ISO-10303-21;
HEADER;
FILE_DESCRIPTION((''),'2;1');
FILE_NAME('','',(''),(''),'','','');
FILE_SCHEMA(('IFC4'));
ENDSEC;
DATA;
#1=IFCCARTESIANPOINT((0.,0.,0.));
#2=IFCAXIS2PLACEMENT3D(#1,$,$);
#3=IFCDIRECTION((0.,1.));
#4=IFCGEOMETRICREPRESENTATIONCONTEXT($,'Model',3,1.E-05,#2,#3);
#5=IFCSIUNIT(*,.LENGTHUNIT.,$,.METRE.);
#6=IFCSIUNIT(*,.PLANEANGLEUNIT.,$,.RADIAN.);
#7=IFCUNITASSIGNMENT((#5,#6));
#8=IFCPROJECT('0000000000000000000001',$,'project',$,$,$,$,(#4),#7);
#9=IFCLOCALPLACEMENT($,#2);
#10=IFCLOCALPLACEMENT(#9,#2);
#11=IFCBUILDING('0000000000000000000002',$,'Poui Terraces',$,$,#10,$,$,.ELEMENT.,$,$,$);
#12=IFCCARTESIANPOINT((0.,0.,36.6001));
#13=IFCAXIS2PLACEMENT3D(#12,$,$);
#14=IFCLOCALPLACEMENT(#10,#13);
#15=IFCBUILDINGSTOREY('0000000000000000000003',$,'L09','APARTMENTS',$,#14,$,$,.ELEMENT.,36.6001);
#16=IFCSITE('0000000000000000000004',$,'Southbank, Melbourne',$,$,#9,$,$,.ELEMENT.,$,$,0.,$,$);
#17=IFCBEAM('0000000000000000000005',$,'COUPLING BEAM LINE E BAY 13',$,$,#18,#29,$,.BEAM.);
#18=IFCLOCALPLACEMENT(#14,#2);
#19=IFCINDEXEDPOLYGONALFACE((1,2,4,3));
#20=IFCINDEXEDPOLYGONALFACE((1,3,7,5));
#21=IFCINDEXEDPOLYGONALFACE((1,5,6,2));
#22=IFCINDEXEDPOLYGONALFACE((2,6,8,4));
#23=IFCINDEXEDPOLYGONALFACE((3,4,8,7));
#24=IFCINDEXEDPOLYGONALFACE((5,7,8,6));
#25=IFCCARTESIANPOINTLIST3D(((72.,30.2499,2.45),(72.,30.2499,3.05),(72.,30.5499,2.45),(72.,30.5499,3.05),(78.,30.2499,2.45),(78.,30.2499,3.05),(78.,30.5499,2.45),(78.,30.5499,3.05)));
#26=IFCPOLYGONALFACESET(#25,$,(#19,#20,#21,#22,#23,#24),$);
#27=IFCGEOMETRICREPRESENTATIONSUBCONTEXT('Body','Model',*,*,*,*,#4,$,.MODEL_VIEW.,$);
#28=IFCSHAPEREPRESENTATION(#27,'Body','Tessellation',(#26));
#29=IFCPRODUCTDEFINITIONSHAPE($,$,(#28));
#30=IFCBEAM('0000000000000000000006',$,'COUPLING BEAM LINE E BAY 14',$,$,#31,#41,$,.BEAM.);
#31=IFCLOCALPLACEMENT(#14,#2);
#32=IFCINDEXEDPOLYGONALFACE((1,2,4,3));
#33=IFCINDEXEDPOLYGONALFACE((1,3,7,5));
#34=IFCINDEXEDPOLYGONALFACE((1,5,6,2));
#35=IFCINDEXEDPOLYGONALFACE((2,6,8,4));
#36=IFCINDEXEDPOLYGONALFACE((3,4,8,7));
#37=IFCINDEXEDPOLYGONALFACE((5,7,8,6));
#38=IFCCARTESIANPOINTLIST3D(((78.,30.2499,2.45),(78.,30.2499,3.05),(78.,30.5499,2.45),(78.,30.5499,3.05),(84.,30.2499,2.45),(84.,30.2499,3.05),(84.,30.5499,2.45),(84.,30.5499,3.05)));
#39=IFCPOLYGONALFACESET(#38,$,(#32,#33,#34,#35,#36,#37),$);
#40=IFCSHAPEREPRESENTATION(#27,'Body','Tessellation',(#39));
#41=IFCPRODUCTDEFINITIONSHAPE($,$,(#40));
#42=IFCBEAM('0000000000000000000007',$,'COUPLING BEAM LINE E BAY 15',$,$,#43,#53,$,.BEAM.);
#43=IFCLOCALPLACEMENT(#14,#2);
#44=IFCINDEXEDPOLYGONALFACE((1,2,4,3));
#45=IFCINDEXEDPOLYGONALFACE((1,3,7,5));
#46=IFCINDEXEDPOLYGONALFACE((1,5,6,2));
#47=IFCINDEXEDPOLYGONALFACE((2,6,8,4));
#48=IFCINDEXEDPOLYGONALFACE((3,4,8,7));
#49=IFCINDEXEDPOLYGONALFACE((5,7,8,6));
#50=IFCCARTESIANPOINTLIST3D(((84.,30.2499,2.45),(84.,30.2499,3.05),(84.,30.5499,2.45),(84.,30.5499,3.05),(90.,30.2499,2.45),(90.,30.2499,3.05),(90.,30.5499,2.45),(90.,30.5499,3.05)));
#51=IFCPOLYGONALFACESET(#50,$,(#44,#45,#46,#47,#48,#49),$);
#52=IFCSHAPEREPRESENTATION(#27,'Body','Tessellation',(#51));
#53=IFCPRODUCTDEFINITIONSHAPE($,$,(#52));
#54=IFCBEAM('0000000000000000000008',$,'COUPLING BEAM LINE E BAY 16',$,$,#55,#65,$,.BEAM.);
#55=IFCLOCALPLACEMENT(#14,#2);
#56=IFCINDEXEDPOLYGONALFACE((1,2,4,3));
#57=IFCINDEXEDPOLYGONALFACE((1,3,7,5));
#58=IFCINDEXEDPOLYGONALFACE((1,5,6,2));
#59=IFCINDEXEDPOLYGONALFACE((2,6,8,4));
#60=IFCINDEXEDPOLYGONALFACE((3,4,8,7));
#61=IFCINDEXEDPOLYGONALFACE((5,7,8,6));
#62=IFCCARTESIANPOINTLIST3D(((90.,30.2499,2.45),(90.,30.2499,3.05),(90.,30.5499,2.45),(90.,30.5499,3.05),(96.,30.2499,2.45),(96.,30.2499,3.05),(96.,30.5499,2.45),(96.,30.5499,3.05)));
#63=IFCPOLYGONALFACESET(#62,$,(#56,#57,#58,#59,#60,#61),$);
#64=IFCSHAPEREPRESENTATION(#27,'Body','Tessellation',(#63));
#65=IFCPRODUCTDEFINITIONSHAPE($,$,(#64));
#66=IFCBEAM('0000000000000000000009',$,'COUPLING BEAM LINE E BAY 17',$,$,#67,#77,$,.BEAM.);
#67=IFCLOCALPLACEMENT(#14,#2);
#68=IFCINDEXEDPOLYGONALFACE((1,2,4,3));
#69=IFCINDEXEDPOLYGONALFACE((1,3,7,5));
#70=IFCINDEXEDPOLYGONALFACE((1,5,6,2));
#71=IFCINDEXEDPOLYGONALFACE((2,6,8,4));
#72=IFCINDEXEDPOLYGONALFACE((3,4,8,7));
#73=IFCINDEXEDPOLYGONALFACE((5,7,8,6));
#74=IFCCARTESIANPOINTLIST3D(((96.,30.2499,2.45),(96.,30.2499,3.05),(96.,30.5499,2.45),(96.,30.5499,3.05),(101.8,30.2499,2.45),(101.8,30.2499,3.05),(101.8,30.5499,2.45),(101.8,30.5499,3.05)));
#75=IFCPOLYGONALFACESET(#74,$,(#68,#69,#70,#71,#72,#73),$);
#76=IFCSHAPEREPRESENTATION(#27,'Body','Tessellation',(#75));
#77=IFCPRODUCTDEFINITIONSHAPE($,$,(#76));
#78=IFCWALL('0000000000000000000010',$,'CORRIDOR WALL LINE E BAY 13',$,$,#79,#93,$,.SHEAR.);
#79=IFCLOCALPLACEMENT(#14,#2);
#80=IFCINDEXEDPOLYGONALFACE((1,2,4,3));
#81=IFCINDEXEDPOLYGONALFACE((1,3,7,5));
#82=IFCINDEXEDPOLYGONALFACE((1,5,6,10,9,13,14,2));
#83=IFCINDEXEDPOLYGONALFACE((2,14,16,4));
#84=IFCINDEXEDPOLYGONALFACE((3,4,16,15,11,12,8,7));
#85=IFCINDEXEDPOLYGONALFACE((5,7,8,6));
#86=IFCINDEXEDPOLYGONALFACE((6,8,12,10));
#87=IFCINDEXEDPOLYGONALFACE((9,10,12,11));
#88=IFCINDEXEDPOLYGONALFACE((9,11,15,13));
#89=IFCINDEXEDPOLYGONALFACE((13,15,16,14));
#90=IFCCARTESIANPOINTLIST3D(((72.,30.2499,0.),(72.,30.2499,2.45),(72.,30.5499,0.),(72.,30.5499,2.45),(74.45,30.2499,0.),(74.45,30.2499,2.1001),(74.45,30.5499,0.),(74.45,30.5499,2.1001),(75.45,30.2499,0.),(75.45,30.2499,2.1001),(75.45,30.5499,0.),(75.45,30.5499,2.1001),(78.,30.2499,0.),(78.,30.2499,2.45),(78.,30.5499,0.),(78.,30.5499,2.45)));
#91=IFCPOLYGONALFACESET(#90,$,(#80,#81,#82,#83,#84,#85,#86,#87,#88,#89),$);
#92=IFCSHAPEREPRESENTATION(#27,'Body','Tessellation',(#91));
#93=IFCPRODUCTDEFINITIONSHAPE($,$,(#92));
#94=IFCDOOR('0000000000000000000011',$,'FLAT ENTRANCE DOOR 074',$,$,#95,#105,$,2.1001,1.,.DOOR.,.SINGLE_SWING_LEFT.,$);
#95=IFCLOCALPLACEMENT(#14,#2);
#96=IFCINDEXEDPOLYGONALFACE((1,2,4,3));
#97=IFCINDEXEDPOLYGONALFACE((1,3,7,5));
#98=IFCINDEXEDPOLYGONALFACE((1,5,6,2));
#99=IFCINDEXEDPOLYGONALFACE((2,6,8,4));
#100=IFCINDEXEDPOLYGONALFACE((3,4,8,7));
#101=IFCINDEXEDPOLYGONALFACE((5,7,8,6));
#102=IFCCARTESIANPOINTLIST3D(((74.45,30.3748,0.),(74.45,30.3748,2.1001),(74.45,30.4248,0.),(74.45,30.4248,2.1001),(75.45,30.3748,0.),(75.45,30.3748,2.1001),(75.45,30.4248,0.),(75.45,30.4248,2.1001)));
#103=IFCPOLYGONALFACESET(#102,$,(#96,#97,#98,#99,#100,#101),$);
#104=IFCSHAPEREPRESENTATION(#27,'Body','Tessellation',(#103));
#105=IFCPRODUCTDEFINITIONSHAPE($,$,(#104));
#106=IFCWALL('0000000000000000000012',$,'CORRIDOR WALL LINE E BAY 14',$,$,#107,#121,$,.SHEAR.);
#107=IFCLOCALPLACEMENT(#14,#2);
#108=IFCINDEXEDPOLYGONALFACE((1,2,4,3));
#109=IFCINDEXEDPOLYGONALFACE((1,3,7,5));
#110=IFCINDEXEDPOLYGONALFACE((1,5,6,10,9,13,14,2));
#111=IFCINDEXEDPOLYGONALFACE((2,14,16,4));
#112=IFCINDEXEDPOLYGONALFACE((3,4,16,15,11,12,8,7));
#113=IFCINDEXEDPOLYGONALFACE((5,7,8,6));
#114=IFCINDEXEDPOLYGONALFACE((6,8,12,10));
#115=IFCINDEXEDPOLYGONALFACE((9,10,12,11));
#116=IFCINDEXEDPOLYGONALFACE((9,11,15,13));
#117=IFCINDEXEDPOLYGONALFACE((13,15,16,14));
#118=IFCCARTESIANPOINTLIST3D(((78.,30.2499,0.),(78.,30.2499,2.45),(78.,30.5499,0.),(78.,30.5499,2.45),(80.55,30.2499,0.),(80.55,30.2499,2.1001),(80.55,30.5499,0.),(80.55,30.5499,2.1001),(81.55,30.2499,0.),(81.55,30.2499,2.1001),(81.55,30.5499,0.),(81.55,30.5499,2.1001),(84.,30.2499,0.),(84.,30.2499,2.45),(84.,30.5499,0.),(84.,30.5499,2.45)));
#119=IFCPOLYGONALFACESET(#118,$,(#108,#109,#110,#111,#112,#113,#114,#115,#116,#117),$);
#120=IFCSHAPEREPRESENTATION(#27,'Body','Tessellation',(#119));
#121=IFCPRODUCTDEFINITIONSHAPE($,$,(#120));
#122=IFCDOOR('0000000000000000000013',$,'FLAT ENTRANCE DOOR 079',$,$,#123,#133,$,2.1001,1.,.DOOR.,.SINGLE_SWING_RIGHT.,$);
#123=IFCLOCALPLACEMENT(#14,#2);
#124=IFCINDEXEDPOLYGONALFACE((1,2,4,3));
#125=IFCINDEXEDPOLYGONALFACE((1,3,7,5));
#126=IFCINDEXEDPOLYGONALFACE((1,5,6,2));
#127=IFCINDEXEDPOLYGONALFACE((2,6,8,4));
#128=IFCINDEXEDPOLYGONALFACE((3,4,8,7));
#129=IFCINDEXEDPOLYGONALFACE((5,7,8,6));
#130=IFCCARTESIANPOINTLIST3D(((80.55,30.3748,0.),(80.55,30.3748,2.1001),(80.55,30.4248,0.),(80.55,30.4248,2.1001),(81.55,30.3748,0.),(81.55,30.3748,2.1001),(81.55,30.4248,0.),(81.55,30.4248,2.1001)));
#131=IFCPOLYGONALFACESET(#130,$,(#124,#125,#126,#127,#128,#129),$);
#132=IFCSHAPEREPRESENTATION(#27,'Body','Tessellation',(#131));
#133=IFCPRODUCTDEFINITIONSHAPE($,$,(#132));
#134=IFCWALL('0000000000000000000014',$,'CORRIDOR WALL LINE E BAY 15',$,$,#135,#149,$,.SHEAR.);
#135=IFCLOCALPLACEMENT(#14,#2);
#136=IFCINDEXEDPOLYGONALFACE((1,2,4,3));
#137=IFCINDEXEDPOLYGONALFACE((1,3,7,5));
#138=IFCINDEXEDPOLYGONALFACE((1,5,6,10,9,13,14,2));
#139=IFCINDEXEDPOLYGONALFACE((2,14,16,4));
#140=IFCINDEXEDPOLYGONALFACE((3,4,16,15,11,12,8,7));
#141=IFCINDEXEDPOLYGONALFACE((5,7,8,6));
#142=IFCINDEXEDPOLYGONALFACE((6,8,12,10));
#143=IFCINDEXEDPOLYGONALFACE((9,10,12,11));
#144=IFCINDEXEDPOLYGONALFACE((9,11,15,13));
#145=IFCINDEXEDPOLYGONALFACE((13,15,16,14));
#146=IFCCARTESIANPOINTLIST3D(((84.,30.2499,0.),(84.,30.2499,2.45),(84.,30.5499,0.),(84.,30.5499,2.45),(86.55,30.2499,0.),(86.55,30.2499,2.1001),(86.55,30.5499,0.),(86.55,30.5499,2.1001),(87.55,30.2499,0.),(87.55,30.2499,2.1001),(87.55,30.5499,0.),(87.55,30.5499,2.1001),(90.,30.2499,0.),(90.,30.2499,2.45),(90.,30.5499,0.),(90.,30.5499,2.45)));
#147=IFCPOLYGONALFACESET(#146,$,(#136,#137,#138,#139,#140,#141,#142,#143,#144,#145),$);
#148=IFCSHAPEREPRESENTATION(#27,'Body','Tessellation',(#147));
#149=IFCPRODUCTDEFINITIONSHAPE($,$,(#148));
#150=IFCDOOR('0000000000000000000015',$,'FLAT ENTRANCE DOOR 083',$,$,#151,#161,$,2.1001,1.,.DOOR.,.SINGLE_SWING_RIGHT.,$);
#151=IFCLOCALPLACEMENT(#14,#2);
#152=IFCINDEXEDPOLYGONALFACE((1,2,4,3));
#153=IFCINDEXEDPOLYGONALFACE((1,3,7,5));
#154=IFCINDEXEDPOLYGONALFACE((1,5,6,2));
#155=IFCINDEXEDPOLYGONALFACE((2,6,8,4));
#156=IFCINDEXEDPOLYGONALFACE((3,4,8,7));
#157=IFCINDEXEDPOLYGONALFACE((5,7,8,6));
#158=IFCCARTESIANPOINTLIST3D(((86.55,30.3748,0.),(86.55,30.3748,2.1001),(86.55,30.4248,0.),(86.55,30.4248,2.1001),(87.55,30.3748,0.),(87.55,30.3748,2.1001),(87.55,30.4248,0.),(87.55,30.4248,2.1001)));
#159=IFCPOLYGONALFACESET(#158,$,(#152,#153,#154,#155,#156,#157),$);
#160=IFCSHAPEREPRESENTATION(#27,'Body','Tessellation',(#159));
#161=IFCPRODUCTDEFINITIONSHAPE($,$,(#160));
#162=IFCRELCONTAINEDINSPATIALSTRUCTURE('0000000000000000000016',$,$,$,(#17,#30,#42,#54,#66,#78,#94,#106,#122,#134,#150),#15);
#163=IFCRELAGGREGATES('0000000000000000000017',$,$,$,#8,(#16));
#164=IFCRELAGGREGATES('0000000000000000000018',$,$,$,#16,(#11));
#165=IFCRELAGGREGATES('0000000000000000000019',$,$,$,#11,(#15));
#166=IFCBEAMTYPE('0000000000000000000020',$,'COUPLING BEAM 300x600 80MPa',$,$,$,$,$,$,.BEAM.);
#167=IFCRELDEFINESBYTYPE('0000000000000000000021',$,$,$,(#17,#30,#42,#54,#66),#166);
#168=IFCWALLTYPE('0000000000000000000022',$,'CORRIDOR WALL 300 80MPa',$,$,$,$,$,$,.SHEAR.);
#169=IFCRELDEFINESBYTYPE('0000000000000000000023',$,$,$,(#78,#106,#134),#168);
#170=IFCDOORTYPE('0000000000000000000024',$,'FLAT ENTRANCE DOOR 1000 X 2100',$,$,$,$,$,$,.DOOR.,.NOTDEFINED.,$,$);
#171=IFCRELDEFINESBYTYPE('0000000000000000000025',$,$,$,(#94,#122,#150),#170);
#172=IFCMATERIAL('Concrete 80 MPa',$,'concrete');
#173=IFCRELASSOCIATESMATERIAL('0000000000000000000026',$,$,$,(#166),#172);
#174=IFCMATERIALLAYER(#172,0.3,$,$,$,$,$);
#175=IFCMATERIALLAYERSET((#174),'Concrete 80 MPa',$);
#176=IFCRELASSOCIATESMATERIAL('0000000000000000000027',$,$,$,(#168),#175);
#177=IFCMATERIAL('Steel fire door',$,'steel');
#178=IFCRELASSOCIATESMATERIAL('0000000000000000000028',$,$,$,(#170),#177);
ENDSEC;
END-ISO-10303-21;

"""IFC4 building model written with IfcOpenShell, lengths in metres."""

from ifc_helpers import new_model, si_unit, direction, frame, frame_2d, origin, origin_2d, place, context, subcontext, project, spatial, rectangle, extrude, source, transform, mapped, material, layer, layer_set, material_profile, profile_set, type_object, element, fill, save


model = new_model("IFC4")

# Units and contexts
model_context = context("Model", 3, precision=1e-05, world=origin(), true_north=direction((0.0, 1.0)))
body_context = subcontext(model_context, "Body", "Model", "MODEL_VIEW")
ifc_project = project(units=[si_unit("LENGTHUNIT", "METRE"), si_unit("PLANEANGLEUNIT", "RADIAN")], contexts=[model_context])

# Site, building, storey
site_placement = place(None, origin())
site = spatial("IfcSite", under=ifc_project, at=site_placement, Name="Southbank, Melbourne", CompositionType="ELEMENT", RefElevation=0.0)
building_placement = place(site_placement, origin())
building = spatial("IfcBuilding", under=site, at=building_placement, Name="Poui Terraces", CompositionType="ELEMENT")
storey_placement = place(building_placement, frame((0.0, 0.0, 36.6001)))
storey = spatial("IfcBuildingStorey", under=building, at=storey_placement, Name="L09", Description="APARTMENTS", CompositionType="ELEMENT", Elevation=36.6001)

# Beams
ifc_material_1 = material(Name="Concrete 80 MPa", Category="concrete")
ifc_material_profile = material_profile(ifc_material_1, rectangle(XDim=0.3, YDim=0.6001, at=origin_2d()), Name="RC 300x600")
ifc_profile_set = profile_set([ifc_material_profile], Name="Concrete 80 MPa")
beam_type = type_object("IfcBeamType", Name="COUPLING BEAM 300x600 80MPa", PredefinedType="BEAM", material=ifc_profile_set)
shared_shape_1 = source(origin(), body_context, "Body", "SweptSolid", [
    extrude(rectangle(XDim=0.3, YDim=0.6001, at=origin_2d()), origin(), (0.0, 0.0, 1.0), 6.0),
])
for number, where, z_axis, x_axis, name in (
    (1, (72.0, 30.3999, 2.75), (1.0, 0.0, 0.0), (0.0, 1.0, 0.0), "COUPLING BEAM LINE E BAY 13"),
    (2, (78.0, 30.3999, 2.75), (1.0, 0.0, 0.0), (0.0, 1.0, 0.0), "COUPLING BEAM LINE E BAY 14"),
    (3, (84.0, 30.3999, 2.75), (1.0, 0.0, 0.0), (0.0, 1.0, 0.0), "COUPLING BEAM LINE E BAY 15"),
    (4, (90.0, 30.3999, 2.75), (1.0, 0.0, 0.0), (0.0, 1.0, 0.0), "COUPLING BEAM LINE E BAY 16"),
):
    element("IfcBeam", number, at=place(storey_placement, frame(where, z_axis=z_axis, x_axis=x_axis)), inside=storey, type_object=beam_type, Name=name, PredefinedType="BEAM", context=body_context, shape_type="MappedRepresentation", body=[
        mapped(shared_shape_1, transform((0.0, 0.0, 0.0))),
    ])
shared_shape_2 = source(origin(), body_context, "Body", "SweptSolid", [
    extrude(rectangle(XDim=0.3, YDim=0.6001, at=origin_2d()), origin(), (0.0, 0.0, 1.0), 5.8),
])
beam_placement = place(storey_placement, frame((96.0, 30.3999, 2.75), z_axis=(1.0, 0.0, 0.0), x_axis=(0.0, 1.0, 0.0)))
element("IfcBeam", 5, at=beam_placement, inside=storey, type_object=beam_type, Name="COUPLING BEAM LINE E BAY 17", PredefinedType="BEAM", context=body_context, shape_type="MappedRepresentation", body=[
    mapped(shared_shape_2, transform((0.0, 0.0, 0.0))),
])

# Walls, openings, doors
ifc_layer_1 = layer(ifc_material_1, 0.3)
ifc_layer_set_1 = layer_set([ifc_layer_1], Name="Concrete 80 MPa")
wall_type_1 = type_object("IfcWallType", Name="CORRIDOR WALL 300 80MPa", PredefinedType="SHEAR", material=ifc_layer_set_1)
wall_1_placement = place(storey_placement, frame((72.0, 30.3999, 0.0), z_axis=(0.0, 0.0, 1.0), x_axis=(1.0, 0.0, 0.0)))
wall_1 = element("IfcWall", 6, at=wall_1_placement, inside=storey, type_object=wall_type_1, Name="CORRIDOR WALL LINE E BAY 13", PredefinedType="SHEAR", context=body_context, shape_type="SweptSolid", body=[
    extrude(rectangle(XDim=6.0, YDim=0.3, at=frame_2d((3.0, 0.0))), origin(), (0.0, 0.0, 1.0), 2.45),
])
opening_1_placement = place(wall_1_placement, frame((2.45, 0.0, 0.0)))
opening_1 = element("IfcOpeningElement", 7, at=opening_1_placement, cuts=wall_1, PredefinedType="OPENING", context=body_context, shape_type="SweptSolid", body=[
    extrude(rectangle(XDim=1.0, YDim=2.1001, at=frame_2d((0.5, 1.05))), frame((0.0, 0.1602, 0.0), z_axis=(0.0, -1.0, 0.0), x_axis=(1.0, 0.0, 0.0)), (0.0, 0.0, 1.0), 0.3201),
])
ifc_material_2 = material(Name="Steel fire door", Category="steel")
door_type_1 = type_object("IfcDoorType", Name="FLAT ENTRANCE DOOR 1000 X 2100", OperationType="NOTDEFINED", PredefinedType="DOOR", material=ifc_material_2)
door_1_placement = place(opening_1_placement, origin())
door_1 = element("IfcDoor", 8, at=door_1_placement, inside=storey, type_object=door_type_1, Name="FLAT ENTRANCE DOOR 074", OperationType="SINGLE_SWING_LEFT", OverallHeight=2.1001, OverallWidth=1.0, PredefinedType="DOOR", context=body_context, shape_type="SweptSolid", body=[
    extrude(rectangle(XDim=1.0, YDim=2.1001, at=frame_2d((0.5, 1.05))), frame((0.0, 0.0249, 0.0), z_axis=(0.0, -1.0, 0.0), x_axis=(1.0, 0.0, 0.0)), (0.0, 0.0, 1.0), 0.05),
])
fill(opening_1, door_1)
wall_2_placement = place(storey_placement, frame((78.0, 30.3999, 0.0), z_axis=(0.0, 0.0, 1.0), x_axis=(1.0, 0.0, 0.0)))
wall_2 = element("IfcWall", 9, at=wall_2_placement, inside=storey, type_object=wall_type_1, Name="CORRIDOR WALL LINE E BAY 14", PredefinedType="SHEAR", context=body_context, shape_type="SweptSolid", body=[
    extrude(rectangle(XDim=6.0, YDim=0.3, at=frame_2d((3.0, 0.0))), origin(), (0.0, 0.0, 1.0), 2.45),
])
opening_2_placement = place(wall_2_placement, frame((2.55, 0.0, 0.0)))
opening_2 = element("IfcOpeningElement", 10, at=opening_2_placement, cuts=wall_2, PredefinedType="OPENING", context=body_context, shape_type="SweptSolid", body=[
    extrude(rectangle(XDim=1.0, YDim=2.1001, at=frame_2d((0.5, 1.05))), frame((0.0, 0.1602, 0.0), z_axis=(0.0, -1.0, 0.0), x_axis=(1.0, 0.0, 0.0)), (0.0, 0.0, 1.0), 0.3201),
])
door_2_placement = place(opening_2_placement, origin())
door_2 = element("IfcDoor", 11, at=door_2_placement, inside=storey, type_object=door_type_1, Name="FLAT ENTRANCE DOOR 079", OperationType="SINGLE_SWING_RIGHT", OverallHeight=2.1001, OverallWidth=1.0, PredefinedType="DOOR", context=body_context, shape_type="SweptSolid", body=[
    extrude(rectangle(XDim=1.0, YDim=2.1001, at=frame_2d((0.5, 1.05))), frame((0.0, 0.0249, 0.0), z_axis=(0.0, -1.0, 0.0), x_axis=(1.0, 0.0, 0.0)), (0.0, 0.0, 1.0), 0.05),
])
fill(opening_2, door_2)
wall_3_placement = place(storey_placement, frame((84.0, 30.3999, 0.0), z_axis=(0.0, 0.0, 1.0), x_axis=(1.0, 0.0, 0.0)))
wall_3 = element("IfcWall", 12, at=wall_3_placement, inside=storey, type_object=wall_type_1, Name="CORRIDOR WALL LINE E BAY 15", PredefinedType="SHEAR", context=body_context, shape_type="SweptSolid", body=[
    extrude(rectangle(XDim=6.0, YDim=0.3, at=frame_2d((3.0, 0.0))), origin(), (0.0, 0.0, 1.0), 2.45),
])
opening_3_placement = place(wall_3_placement, frame((2.55, 0.0, 0.0)))
opening_3 = element("IfcOpeningElement", 13, at=opening_3_placement, cuts=wall_3, PredefinedType="OPENING", context=body_context, shape_type="SweptSolid", body=[
    extrude(rectangle(XDim=1.0, YDim=2.1001, at=frame_2d((0.5, 1.05))), frame((0.0, 0.1602, 0.0), z_axis=(0.0, -1.0, 0.0), x_axis=(1.0, 0.0, 0.0)), (0.0, 0.0, 1.0), 0.3201),
])
door_3_placement = place(opening_3_placement, origin())
door_3 = element("IfcDoor", 14, at=door_3_placement, inside=storey, type_object=door_type_1, Name="FLAT ENTRANCE DOOR 083", OperationType="SINGLE_SWING_RIGHT", OverallHeight=2.1001, OverallWidth=1.0, PredefinedType="DOOR", context=body_context, shape_type="SweptSolid", body=[
    extrude(rectangle(XDim=1.0, YDim=2.1001, at=frame_2d((0.5, 1.05))), frame((0.0, 0.0249, 0.0), z_axis=(0.0, -1.0, 0.0), x_axis=(1.0, 0.0, 0.0)), (0.0, 0.0, 1.0), 0.05),
])
fill(opening_3, door_3)

save(model, "model.ifc")
